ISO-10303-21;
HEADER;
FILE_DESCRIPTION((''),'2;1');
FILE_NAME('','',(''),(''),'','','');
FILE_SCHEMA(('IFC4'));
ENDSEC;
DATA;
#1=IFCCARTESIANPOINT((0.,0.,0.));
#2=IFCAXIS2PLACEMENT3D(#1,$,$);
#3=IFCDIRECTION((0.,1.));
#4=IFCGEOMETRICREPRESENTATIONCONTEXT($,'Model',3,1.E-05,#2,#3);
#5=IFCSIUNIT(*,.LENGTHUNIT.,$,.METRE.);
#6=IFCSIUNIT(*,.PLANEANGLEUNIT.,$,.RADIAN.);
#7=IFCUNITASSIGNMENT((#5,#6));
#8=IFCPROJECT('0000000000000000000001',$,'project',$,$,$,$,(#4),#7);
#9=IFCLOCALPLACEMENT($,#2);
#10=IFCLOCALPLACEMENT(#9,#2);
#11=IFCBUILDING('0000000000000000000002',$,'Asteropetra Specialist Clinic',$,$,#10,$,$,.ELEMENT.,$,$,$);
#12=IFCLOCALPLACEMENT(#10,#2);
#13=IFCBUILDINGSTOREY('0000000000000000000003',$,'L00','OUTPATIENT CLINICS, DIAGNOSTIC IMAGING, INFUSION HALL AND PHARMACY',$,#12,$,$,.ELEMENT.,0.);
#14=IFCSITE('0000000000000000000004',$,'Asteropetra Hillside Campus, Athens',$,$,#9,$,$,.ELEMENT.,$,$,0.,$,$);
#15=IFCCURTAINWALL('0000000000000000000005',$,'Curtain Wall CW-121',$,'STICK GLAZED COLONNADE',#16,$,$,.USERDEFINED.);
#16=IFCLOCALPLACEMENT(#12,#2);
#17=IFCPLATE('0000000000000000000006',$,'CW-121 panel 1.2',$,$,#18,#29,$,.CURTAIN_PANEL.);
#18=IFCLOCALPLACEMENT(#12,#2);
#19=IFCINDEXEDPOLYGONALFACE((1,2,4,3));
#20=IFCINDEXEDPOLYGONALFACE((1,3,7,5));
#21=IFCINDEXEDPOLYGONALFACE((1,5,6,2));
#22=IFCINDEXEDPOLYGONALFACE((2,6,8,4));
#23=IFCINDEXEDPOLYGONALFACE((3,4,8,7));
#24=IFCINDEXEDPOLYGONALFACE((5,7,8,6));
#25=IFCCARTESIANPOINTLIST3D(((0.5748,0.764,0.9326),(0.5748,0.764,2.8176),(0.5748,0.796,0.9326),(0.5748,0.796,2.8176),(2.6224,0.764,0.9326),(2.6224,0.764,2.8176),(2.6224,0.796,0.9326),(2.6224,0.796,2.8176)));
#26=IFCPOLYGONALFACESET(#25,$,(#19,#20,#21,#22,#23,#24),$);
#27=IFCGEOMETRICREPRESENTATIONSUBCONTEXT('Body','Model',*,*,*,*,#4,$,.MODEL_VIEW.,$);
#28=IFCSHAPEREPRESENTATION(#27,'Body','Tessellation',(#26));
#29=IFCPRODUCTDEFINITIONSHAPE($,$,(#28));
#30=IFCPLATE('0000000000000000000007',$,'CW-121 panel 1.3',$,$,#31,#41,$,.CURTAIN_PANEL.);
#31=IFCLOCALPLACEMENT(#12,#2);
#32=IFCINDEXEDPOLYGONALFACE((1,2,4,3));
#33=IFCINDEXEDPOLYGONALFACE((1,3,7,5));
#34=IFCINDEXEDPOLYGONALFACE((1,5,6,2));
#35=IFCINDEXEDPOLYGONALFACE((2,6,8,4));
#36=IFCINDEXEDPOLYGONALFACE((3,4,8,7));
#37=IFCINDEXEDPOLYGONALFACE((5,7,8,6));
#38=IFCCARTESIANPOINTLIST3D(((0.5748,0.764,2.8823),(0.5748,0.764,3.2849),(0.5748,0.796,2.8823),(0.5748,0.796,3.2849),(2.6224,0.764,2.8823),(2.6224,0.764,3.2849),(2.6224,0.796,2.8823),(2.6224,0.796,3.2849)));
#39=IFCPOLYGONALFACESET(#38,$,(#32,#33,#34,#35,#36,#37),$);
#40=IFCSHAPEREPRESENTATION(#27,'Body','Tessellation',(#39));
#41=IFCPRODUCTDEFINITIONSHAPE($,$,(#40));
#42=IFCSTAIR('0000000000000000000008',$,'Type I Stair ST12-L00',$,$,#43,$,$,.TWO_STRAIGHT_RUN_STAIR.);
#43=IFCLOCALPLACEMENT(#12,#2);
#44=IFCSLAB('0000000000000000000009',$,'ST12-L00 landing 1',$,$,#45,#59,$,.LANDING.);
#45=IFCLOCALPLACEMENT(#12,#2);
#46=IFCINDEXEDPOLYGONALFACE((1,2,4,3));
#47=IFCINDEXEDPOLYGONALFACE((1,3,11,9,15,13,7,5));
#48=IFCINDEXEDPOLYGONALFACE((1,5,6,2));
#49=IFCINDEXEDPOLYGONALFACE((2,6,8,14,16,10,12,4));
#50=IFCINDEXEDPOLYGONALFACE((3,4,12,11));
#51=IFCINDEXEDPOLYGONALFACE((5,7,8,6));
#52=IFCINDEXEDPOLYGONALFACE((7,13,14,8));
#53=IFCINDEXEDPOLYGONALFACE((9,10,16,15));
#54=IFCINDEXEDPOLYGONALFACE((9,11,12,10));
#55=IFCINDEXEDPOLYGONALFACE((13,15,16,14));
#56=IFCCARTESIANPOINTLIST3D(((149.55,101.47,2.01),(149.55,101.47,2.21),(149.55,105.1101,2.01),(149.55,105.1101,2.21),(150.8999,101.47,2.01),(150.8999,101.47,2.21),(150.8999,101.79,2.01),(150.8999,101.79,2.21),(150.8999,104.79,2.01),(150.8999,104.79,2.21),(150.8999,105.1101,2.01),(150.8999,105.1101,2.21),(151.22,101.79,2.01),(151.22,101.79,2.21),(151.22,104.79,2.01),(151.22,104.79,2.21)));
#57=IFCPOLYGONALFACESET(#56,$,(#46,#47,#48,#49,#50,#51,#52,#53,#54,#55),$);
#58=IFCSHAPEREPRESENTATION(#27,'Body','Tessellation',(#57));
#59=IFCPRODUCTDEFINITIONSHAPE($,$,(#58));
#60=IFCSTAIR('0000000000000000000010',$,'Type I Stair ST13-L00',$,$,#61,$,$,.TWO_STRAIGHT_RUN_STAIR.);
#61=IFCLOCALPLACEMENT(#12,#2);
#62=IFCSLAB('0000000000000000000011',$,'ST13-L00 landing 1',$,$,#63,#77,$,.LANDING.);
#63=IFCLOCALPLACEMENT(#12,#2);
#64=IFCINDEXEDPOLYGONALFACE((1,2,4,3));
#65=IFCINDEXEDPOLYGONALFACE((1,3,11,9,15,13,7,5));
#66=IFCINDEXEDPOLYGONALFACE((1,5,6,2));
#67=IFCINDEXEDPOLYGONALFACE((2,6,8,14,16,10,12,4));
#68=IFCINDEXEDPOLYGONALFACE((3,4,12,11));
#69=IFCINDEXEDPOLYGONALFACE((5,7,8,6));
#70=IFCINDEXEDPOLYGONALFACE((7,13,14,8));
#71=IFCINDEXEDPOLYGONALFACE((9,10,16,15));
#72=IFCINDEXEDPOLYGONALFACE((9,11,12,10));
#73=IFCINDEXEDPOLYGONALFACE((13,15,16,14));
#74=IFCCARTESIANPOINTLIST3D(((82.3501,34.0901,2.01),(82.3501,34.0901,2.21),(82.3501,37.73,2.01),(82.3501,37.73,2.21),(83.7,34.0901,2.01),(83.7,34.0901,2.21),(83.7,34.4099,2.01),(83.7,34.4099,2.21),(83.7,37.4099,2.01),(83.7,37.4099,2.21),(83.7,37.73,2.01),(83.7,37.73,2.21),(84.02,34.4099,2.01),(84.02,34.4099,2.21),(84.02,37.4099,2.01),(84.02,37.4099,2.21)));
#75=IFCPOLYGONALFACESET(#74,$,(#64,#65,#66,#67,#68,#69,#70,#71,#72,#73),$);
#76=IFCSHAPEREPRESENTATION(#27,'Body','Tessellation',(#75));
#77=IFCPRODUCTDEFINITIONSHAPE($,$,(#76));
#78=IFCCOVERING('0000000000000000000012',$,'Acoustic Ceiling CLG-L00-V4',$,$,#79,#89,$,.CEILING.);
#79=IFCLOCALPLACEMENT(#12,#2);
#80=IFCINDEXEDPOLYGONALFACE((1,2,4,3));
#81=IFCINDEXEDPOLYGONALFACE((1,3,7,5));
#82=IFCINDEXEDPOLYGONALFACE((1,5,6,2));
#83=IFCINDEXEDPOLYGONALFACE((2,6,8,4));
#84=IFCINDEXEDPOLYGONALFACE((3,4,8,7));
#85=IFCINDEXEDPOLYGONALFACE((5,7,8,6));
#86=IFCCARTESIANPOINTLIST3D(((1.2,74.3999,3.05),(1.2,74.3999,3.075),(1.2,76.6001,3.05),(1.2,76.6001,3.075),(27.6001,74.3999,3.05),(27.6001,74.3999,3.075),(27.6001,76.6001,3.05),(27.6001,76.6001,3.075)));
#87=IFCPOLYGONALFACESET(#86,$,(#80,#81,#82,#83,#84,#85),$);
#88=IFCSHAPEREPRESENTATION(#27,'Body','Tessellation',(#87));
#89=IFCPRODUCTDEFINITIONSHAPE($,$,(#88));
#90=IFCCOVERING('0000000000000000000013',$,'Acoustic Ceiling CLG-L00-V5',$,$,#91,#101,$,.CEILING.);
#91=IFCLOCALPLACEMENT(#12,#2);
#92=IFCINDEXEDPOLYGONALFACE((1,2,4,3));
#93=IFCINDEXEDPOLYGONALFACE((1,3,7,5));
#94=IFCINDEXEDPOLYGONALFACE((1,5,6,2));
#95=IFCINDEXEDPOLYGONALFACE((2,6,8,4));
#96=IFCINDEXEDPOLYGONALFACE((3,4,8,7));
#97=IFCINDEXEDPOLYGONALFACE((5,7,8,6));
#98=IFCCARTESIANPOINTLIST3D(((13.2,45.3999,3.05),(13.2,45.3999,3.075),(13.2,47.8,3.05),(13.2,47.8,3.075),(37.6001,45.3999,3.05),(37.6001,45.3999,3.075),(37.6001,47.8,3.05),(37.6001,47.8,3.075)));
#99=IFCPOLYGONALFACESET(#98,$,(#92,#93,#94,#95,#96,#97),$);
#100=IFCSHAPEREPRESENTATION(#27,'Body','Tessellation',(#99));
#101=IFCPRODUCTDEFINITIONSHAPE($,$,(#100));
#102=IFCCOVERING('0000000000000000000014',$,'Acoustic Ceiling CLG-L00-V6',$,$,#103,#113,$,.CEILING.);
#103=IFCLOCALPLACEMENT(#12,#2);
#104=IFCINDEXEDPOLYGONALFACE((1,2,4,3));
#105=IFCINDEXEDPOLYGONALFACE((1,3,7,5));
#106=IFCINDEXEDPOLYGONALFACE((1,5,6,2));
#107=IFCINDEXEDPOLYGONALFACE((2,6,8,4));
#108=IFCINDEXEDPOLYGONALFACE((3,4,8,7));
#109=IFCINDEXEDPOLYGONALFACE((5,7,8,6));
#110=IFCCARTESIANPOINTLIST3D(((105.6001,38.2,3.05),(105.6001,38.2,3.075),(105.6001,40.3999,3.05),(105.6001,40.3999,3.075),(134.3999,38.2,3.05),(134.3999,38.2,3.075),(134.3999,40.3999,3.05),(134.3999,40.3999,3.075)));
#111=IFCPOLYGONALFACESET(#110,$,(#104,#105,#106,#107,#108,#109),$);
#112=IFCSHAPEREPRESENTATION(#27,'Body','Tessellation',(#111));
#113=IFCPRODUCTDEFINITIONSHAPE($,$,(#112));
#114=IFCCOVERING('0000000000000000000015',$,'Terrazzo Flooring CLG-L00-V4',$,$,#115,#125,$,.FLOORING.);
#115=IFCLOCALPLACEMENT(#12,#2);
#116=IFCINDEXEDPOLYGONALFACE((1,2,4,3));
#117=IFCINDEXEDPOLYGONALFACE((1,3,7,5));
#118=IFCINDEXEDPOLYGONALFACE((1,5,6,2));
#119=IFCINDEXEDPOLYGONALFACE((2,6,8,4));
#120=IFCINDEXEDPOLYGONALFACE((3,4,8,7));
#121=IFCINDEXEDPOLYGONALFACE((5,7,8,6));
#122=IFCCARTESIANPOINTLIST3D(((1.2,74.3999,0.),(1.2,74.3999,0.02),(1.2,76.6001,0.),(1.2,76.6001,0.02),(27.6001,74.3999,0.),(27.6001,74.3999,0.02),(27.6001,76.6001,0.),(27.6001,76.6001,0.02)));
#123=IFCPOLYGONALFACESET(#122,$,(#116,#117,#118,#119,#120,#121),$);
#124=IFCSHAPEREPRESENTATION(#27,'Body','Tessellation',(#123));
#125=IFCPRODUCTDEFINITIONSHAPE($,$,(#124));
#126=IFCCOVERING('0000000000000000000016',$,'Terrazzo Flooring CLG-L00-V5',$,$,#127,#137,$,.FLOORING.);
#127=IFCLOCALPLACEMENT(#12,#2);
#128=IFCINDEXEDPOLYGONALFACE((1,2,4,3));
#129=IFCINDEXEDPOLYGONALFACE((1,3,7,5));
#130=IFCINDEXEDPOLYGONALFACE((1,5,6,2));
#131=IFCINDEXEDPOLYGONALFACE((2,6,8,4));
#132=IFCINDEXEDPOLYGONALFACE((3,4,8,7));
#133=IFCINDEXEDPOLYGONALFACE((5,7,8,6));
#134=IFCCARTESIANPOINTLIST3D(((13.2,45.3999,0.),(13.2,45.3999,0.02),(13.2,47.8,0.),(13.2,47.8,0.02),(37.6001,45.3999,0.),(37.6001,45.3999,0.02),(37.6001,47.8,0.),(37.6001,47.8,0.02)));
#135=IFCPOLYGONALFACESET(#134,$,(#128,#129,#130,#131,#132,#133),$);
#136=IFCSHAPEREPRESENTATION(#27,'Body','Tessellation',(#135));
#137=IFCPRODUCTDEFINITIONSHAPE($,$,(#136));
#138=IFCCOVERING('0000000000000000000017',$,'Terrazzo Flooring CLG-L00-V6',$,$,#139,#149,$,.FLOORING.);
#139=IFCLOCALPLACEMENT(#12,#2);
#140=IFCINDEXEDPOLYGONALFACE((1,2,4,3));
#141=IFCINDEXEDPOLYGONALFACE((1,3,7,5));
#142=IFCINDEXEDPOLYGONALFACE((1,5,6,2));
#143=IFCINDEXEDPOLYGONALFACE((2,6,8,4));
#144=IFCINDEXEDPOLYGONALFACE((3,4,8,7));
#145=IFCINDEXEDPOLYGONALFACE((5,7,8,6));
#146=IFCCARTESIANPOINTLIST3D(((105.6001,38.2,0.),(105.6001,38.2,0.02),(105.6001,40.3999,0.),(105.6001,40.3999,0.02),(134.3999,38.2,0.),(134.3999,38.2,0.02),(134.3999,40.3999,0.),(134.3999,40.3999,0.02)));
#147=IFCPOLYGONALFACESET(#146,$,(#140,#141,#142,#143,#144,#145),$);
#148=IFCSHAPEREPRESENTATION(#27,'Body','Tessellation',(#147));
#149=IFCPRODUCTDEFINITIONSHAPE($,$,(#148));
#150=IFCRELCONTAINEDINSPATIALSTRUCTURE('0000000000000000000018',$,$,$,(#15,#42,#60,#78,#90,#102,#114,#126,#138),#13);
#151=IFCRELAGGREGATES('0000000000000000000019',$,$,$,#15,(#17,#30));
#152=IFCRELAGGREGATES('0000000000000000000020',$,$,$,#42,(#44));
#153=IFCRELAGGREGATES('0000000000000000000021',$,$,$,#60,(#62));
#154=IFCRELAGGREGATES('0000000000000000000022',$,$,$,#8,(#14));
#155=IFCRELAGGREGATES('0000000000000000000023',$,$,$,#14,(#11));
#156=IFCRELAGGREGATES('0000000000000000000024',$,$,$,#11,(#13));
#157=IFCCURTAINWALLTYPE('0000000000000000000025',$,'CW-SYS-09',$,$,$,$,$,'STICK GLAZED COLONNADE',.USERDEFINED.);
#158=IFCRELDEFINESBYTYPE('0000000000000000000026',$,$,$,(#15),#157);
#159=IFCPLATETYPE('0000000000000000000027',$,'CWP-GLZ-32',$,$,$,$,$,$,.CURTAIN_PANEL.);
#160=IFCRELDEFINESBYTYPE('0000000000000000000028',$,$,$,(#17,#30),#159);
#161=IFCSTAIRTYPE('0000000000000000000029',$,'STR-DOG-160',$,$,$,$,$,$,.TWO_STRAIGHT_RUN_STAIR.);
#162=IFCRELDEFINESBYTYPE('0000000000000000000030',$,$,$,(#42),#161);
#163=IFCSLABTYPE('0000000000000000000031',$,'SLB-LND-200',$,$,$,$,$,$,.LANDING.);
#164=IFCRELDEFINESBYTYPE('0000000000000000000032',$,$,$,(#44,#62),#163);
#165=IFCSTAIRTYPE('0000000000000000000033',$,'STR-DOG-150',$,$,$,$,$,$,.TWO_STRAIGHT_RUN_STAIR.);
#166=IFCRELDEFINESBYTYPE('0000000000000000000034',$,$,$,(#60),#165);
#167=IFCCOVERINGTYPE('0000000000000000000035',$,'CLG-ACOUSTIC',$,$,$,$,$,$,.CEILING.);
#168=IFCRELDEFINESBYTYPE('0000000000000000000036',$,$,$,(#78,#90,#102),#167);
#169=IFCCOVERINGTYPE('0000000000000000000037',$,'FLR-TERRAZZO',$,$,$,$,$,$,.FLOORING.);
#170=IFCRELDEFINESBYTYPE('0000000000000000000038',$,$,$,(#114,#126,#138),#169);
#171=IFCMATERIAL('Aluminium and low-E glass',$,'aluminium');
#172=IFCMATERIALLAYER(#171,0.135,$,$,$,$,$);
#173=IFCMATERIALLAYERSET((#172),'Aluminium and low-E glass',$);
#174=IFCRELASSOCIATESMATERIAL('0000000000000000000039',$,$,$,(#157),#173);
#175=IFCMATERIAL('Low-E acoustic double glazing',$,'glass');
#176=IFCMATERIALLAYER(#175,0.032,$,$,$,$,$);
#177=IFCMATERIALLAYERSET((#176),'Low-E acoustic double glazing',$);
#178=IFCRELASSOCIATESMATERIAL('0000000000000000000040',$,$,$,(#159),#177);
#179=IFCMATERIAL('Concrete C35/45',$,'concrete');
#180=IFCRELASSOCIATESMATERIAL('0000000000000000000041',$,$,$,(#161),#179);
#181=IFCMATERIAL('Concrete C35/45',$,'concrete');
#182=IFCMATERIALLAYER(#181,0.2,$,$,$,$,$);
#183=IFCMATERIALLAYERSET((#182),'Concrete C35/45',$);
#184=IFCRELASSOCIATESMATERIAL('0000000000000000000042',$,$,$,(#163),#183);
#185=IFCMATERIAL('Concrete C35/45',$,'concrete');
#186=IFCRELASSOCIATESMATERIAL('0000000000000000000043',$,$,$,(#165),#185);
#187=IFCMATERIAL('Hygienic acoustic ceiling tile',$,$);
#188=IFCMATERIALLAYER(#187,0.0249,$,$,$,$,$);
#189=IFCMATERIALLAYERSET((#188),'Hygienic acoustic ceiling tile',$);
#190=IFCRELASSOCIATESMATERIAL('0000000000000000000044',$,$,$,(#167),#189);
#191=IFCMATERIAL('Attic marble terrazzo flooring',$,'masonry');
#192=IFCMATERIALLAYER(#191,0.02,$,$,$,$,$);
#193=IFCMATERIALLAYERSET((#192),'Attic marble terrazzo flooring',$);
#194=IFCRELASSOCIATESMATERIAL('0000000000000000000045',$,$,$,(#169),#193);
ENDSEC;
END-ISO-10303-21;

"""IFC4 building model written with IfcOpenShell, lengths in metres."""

from ifc_helpers import new_model, si_unit, direction, frame, origin, origin_2d, place, context, subcontext, project, spatial, polyline, rectangle, outline, extrude, material, layer, layer_set, type_object, element, aggregate, save


model = new_model("IFC4")

# Units and contexts
model_context = context("Model", 3, precision=1e-05, world=origin(), true_north=direction((0.0, 1.0)))
body_context = subcontext(model_context, "Body", "Model", "MODEL_VIEW")
ifc_project = project(units=[si_unit("LENGTHUNIT", "METRE"), si_unit("PLANEANGLEUNIT", "RADIAN")], contexts=[model_context])

# Site, building, storey
site_placement = place(None, origin())
site = spatial("IfcSite", under=ifc_project, at=site_placement, Name="Asteropetra Hillside Campus, Athens", CompositionType="ELEMENT", RefElevation=0.0)
building_placement = place(site_placement, origin())
building = spatial("IfcBuilding", under=site, at=building_placement, Name="Asteropetra Specialist Clinic", CompositionType="ELEMENT")
storey_placement = place(building_placement, origin())
storey = spatial("IfcBuildingStorey", under=building, at=storey_placement, Name="L00", Description="OUTPATIENT CLINICS, DIAGNOSTIC IMAGING, INFUSION HALL AND PHARMACY", CompositionType="ELEMENT", Elevation=0.0)

# Curtain wall
ifc_material_1 = material(Name="Aluminium and low-E glass", Category="aluminium")
ifc_layer_1 = layer(ifc_material_1, 0.135)
ifc_layer_set_1 = layer_set([ifc_layer_1], Name="Aluminium and low-E glass")
curtain_wall_type = type_object("IfcCurtainWallType", Name="CW-SYS-09", ElementType="STICK GLAZED COLONNADE", PredefinedType="USERDEFINED", material=ifc_layer_set_1)
curtain_wall_placement = place(storey_placement, origin())
curtain_wall = element("IfcCurtainWall", 1, at=curtain_wall_placement, inside=storey, type_object=curtain_wall_type, Name="Curtain Wall CW-121", ObjectType="STICK GLAZED COLONNADE", PredefinedType="USERDEFINED")

# Plates
ifc_material_2 = material(Name="Low-E acoustic double glazing", Category="glass")
ifc_layer_2 = layer(ifc_material_2, 0.032)
ifc_layer_set_2 = layer_set([ifc_layer_2], Name="Low-E acoustic double glazing")
plate_type = type_object("IfcPlateType", Name="CWP-GLZ-32", PredefinedType="CURTAIN_PANEL", material=ifc_layer_set_2)
plate_1_placement = place(storey_placement, frame((1.5986, 0.78, 0.9326), z_axis=(0.0, 0.0, 1.0), x_axis=(1.0, 0.0, 0.0)))
plate_1 = element("IfcPlate", 2, at=plate_1_placement, type_object=plate_type, Name="CW-121 panel 1.2", PredefinedType="CURTAIN_PANEL", context=body_context, shape_type="SweptSolid", body=[
    extrude(rectangle(XDim=2.0476, YDim=0.032, at=origin_2d()), origin(), (0.0, 0.0, 1.0), 1.885),
])
plate_2_placement = place(storey_placement, frame((1.5986, 0.78, 2.8823), z_axis=(0.0, 0.0, 1.0), x_axis=(1.0, 0.0, 0.0)))
plate_2 = element("IfcPlate", 3, at=plate_2_placement, type_object=plate_type, Name="CW-121 panel 1.3", PredefinedType="CURTAIN_PANEL", context=body_context, shape_type="SweptSolid", body=[
    extrude(rectangle(XDim=2.0476, YDim=0.032, at=origin_2d()), origin(), (0.0, 0.0, 1.0), 0.4026),
])
aggregate(curtain_wall, [plate_1, plate_2])

# Stairs, slabs
ifc_material_3 = material(Name="Concrete C35/45", Category="concrete")
stair_type_1 = type_object("IfcStairType", Name="STR-DOG-160", PredefinedType="TWO_STRAIGHT_RUN_STAIR", material=ifc_material_3)
stair_1_placement = place(storey_placement, origin())
stair_1 = element("IfcStair", 4, at=stair_1_placement, inside=storey, type_object=stair_type_1, Name="Type I Stair ST12-L00", PredefinedType="TWO_STRAIGHT_RUN_STAIR")
ifc_material_4 = material(Name="Concrete C35/45", Category="concrete")
ifc_layer_3 = layer(ifc_material_4, 0.2)
ifc_layer_set_3 = layer_set([ifc_layer_3], Name="Concrete C35/45")
slab_type = type_object("IfcSlabType", Name="SLB-LND-200", PredefinedType="LANDING", material=ifc_layer_set_3)
slab_1_placement = place(storey_placement, frame((0.0, 0.0, 2.01)))
slab_1 = element("IfcSlab", 5, at=slab_1_placement, type_object=slab_type, Name="ST12-L00 landing 1", PredefinedType="LANDING", context=body_context, shape_type="SweptSolid", body=[
    extrude(outline(polyline([(149.55, 101.47), (150.8999, 101.47), (150.8999, 101.79), (151.22, 101.79), (151.22, 104.79), (150.8999, 104.79), (150.8999, 105.1101), (149.55, 105.1101), (149.55, 101.47)])), origin(), (0.0, 0.0, 1.0), 0.2),
])
aggregate(stair_1, [slab_1])
ifc_material_5 = material(Name="Concrete C35/45", Category="concrete")
stair_type_2 = type_object("IfcStairType", Name="STR-DOG-150", PredefinedType="TWO_STRAIGHT_RUN_STAIR", material=ifc_material_5)
stair_2_placement = place(storey_placement, origin())
stair_2 = element("IfcStair", 6, at=stair_2_placement, inside=storey, type_object=stair_type_2, Name="Type I Stair ST13-L00", PredefinedType="TWO_STRAIGHT_RUN_STAIR")
slab_2_placement = place(storey_placement, frame((0.0, 0.0, 2.01)))
slab_2 = element("IfcSlab", 7, at=slab_2_placement, type_object=slab_type, Name="ST13-L00 landing 1", PredefinedType="LANDING", context=body_context, shape_type="SweptSolid", body=[
    extrude(outline(polyline([(82.3501, 34.0901), (83.7, 34.0901), (83.7, 34.4099), (84.02, 34.4099), (84.02, 37.4099), (83.7, 37.4099), (83.7, 37.73), (82.3501, 37.73), (82.3501, 34.0901)])), origin(), (0.0, 0.0, 1.0), 0.2),
])
aggregate(stair_2, [slab_2])

# Coverings
ifc_material_6 = material(Name="Hygienic acoustic ceiling tile")
ifc_layer_4 = layer(ifc_material_6, 0.0249)
ifc_layer_set_4 = layer_set([ifc_layer_4], Name="Hygienic acoustic ceiling tile")
covering_type_1 = type_object("IfcCoveringType", Name="CLG-ACOUSTIC", PredefinedType="CEILING", material=ifc_layer_set_4)
covering_1_placement = place(storey_placement, frame((0.0, 0.0, 3.05)))
element("IfcCovering", 8, at=covering_1_placement, inside=storey, type_object=covering_type_1, Name="Acoustic Ceiling CLG-L00-V4", PredefinedType="CEILING", context=body_context, shape_type="SweptSolid", body=[
    extrude(outline(polyline([(1.2, 74.3999), (27.6001, 74.3999), (27.6001, 76.6001), (1.2, 76.6001), (1.2, 74.3999)])), origin(), (0.0, 0.0, 1.0), 0.0249),
])
covering_2_placement = place(storey_placement, frame((0.0, 0.0, 3.05)))
element("IfcCovering", 9, at=covering_2_placement, inside=storey, type_object=covering_type_1, Name="Acoustic Ceiling CLG-L00-V5", PredefinedType="CEILING", context=body_context, shape_type="SweptSolid", body=[
    extrude(outline(polyline([(13.2, 45.3999), (37.6001, 45.3999), (37.6001, 47.8), (13.2, 47.8), (13.2, 45.3999)])), origin(), (0.0, 0.0, 1.0), 0.0249),
])
covering_3_placement = place(storey_placement, frame((0.0, 0.0, 3.05)))
element("IfcCovering", 10, at=covering_3_placement, inside=storey, type_object=covering_type_1, Name="Acoustic Ceiling CLG-L00-V6", PredefinedType="CEILING", context=body_context, shape_type="SweptSolid", body=[
    extrude(outline(polyline([(105.6001, 38.2), (134.3999, 38.2), (134.3999, 40.3999), (105.6001, 40.3999), (105.6001, 38.2)])), origin(), (0.0, 0.0, 1.0), 0.0249),
])
ifc_material_7 = material(Name="Attic marble terrazzo flooring", Category="masonry")
ifc_layer_5 = layer(ifc_material_7, 0.02)
ifc_layer_set_5 = layer_set([ifc_layer_5], Name="Attic marble terrazzo flooring")
covering_type_2 = type_object("IfcCoveringType", Name="FLR-TERRAZZO", PredefinedType="FLOORING", material=ifc_layer_set_5)
covering_4_placement = place(storey_placement, origin())
element("IfcCovering", 11, at=covering_4_placement, inside=storey, type_object=covering_type_2, Name="Terrazzo Flooring CLG-L00-V4", PredefinedType="FLOORING", context=body_context, shape_type="SweptSolid", body=[
    extrude(outline(polyline([(1.2, 74.3999), (27.6001, 74.3999), (27.6001, 76.6001), (1.2, 76.6001), (1.2, 74.3999)])), origin(), (0.0, 0.0, 1.0), 0.02),
])
covering_5_placement = place(storey_placement, origin())
element("IfcCovering", 12, at=covering_5_placement, inside=storey, type_object=covering_type_2, Name="Terrazzo Flooring CLG-L00-V5", PredefinedType="FLOORING", context=body_context, shape_type="SweptSolid", body=[
    extrude(outline(polyline([(13.2, 45.3999), (37.6001, 45.3999), (37.6001, 47.8), (13.2, 47.8), (13.2, 45.3999)])), origin(), (0.0, 0.0, 1.0), 0.02),
])
covering_6_placement = place(storey_placement, origin())
element("IfcCovering", 13, at=covering_6_placement, inside=storey, type_object=covering_type_2, Name="Terrazzo Flooring CLG-L00-V6", PredefinedType="FLOORING", context=body_context, shape_type="SweptSolid", body=[
    extrude(outline(polyline([(105.6001, 38.2), (134.3999, 38.2), (134.3999, 40.3999), (105.6001, 40.3999), (105.6001, 38.2)])), origin(), (0.0, 0.0, 1.0), 0.02),
])

save(model, "model.ifc")
